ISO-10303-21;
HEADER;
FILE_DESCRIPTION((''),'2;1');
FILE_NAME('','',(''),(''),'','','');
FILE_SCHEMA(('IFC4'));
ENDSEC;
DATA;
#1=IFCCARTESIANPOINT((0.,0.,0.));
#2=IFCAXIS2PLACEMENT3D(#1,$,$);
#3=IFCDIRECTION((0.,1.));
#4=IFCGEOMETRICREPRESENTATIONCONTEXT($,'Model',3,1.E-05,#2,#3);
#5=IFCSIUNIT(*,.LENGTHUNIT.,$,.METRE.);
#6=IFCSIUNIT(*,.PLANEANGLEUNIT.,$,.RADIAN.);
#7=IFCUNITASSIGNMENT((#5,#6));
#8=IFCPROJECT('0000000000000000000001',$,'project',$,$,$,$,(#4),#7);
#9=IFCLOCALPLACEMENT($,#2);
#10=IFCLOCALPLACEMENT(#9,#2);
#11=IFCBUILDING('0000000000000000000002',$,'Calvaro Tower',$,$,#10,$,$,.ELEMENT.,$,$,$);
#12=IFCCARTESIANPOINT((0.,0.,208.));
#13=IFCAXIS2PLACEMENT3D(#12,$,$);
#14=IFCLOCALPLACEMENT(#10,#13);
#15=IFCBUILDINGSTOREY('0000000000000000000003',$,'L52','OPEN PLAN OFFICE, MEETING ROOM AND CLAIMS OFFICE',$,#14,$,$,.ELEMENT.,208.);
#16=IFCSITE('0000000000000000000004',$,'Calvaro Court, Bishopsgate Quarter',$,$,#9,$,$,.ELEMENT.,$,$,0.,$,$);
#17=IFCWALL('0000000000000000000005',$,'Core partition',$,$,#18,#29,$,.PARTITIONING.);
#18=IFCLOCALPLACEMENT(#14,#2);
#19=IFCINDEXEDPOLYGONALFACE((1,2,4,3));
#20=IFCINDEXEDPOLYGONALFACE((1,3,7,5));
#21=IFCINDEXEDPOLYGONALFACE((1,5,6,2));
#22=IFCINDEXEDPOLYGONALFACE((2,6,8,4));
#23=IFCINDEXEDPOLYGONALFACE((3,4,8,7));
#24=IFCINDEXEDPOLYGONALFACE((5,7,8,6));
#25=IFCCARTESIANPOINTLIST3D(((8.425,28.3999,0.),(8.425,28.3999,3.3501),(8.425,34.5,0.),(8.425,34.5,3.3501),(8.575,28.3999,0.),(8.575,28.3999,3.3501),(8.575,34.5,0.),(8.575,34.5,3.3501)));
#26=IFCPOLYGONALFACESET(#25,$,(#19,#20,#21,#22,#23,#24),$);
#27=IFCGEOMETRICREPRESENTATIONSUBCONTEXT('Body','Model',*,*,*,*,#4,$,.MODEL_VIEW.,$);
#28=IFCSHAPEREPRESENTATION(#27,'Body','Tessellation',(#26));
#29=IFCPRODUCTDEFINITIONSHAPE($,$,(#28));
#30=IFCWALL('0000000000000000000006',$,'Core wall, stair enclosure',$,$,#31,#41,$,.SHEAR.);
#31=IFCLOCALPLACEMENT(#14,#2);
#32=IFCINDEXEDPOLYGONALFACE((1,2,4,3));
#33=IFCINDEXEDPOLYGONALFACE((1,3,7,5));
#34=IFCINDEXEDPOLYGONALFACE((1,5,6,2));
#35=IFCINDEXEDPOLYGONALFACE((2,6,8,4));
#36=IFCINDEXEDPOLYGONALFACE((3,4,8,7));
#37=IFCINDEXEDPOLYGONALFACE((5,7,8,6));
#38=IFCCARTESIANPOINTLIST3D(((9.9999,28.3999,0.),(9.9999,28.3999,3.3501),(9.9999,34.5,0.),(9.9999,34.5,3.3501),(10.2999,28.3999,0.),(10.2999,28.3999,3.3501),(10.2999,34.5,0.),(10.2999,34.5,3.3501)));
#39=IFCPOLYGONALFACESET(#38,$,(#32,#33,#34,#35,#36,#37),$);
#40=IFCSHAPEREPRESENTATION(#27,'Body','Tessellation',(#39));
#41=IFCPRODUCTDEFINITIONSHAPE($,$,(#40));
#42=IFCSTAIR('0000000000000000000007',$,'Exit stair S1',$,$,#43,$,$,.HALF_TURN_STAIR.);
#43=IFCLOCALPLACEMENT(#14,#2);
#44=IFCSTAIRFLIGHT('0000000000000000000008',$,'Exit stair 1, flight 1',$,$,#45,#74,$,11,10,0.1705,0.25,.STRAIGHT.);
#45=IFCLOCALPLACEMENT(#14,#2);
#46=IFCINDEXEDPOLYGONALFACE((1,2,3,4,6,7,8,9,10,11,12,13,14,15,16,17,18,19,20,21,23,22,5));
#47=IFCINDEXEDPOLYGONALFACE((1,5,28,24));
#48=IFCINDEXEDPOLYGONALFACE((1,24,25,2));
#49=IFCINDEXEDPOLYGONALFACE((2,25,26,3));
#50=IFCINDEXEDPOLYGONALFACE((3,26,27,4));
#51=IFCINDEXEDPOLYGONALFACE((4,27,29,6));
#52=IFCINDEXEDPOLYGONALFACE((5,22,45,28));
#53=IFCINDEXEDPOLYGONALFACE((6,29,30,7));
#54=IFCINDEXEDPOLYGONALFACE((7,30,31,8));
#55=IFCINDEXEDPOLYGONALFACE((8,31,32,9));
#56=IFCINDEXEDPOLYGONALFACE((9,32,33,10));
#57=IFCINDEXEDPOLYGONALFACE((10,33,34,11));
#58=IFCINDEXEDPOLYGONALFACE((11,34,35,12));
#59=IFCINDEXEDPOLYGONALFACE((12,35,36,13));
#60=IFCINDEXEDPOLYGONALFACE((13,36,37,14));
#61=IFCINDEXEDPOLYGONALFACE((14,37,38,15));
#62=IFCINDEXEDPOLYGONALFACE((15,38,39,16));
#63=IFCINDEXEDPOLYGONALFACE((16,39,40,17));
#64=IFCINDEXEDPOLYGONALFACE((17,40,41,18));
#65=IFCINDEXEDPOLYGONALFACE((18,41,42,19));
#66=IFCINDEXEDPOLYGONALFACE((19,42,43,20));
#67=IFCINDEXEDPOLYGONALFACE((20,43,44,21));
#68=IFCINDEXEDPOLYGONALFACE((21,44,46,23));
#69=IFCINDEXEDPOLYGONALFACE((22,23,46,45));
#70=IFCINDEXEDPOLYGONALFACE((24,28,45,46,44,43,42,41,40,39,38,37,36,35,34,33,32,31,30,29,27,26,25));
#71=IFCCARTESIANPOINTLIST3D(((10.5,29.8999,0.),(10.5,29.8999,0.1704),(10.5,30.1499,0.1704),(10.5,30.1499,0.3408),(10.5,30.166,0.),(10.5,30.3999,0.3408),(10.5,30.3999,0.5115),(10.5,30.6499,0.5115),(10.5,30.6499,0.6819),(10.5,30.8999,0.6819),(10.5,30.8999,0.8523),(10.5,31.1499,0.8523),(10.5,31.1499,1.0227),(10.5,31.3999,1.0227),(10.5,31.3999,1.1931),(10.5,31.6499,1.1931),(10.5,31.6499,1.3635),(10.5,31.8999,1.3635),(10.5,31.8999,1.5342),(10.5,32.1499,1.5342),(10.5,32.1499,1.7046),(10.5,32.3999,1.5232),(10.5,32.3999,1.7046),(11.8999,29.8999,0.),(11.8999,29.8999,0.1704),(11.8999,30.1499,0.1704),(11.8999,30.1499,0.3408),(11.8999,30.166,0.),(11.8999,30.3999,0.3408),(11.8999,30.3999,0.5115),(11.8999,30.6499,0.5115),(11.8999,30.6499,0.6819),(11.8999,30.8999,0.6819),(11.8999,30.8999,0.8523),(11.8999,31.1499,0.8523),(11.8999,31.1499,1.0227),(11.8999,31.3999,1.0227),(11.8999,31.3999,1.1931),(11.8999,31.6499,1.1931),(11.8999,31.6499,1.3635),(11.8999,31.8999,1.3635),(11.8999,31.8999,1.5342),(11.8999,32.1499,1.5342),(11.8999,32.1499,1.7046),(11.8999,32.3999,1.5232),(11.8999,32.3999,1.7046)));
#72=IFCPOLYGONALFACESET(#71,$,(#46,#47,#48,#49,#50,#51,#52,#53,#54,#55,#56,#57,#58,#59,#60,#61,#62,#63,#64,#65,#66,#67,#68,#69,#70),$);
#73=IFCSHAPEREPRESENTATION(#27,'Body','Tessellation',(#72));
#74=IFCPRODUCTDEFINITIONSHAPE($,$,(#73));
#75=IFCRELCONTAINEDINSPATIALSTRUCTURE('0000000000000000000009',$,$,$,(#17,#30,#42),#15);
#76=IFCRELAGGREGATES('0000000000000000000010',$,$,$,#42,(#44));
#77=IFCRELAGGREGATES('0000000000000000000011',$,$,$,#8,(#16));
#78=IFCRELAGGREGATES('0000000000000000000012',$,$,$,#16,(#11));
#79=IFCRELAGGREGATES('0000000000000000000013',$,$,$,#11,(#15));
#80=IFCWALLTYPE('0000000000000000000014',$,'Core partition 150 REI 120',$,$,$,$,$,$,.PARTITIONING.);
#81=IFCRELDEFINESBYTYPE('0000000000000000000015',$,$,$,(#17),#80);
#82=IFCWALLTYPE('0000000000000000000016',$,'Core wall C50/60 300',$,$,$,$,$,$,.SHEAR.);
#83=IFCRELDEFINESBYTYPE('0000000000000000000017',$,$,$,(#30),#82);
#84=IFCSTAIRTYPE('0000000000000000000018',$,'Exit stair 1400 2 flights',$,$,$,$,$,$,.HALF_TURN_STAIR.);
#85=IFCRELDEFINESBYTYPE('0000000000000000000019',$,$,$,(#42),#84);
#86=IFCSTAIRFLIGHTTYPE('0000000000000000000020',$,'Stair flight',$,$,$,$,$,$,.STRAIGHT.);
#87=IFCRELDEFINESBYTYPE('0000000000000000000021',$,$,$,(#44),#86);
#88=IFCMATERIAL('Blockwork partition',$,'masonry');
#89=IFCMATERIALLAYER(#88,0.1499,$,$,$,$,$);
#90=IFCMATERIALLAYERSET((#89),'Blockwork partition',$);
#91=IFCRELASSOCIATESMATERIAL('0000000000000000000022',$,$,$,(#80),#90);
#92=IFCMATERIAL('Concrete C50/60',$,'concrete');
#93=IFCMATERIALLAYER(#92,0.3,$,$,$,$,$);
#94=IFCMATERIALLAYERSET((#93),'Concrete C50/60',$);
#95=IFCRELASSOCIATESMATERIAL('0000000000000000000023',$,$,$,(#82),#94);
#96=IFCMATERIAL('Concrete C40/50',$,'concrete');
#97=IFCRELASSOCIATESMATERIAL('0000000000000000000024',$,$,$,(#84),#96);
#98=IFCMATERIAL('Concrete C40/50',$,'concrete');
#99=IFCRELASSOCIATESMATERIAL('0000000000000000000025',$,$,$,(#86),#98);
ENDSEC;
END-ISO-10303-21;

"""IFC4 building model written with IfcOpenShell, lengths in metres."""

from ifc_helpers import new_model, si_unit, direction, frame, frame_2d, origin, place, context, subcontext, project, spatial, polyline, rectangle, outline, extrude, material, layer, layer_set, type_object, element, aggregate, save


model = new_model("IFC4")

# Units and contexts
model_context = context("Model", 3, precision=1e-05, world=origin(), true_north=direction((0.0, 1.0)))
body_context = subcontext(model_context, "Body", "Model", "MODEL_VIEW")
ifc_project = project(units=[si_unit("LENGTHUNIT", "METRE"), si_unit("PLANEANGLEUNIT", "RADIAN")], contexts=[model_context])

# Site, building, storey
site_placement = place(None, origin())
site = spatial("IfcSite", under=ifc_project, at=site_placement, Name="Calvaro Court, Bishopsgate Quarter", CompositionType="ELEMENT", RefElevation=0.0)
building_placement = place(site_placement, origin())
building = spatial("IfcBuilding", under=site, at=building_placement, Name="Calvaro Tower", CompositionType="ELEMENT")
storey_placement = place(building_placement, frame((0.0, 0.0, 208.0)))
storey = spatial("IfcBuildingStorey", under=building, at=storey_placement, Name="L52", Description="OPEN PLAN OFFICE, MEETING ROOM AND CLAIMS OFFICE", CompositionType="ELEMENT", Elevation=208.0)

# Walls
ifc_material_1 = material(Name="Blockwork partition", Category="masonry")
ifc_layer_1 = layer(ifc_material_1, 0.1499)
ifc_layer_set_1 = layer_set([ifc_layer_1], Name="Blockwork partition")
wall_type_1 = type_object("IfcWallType", Name="Core partition 150 REI 120", PredefinedType="PARTITIONING", material=ifc_layer_set_1)
wall_1_placement = place(storey_placement, frame((8.5, 28.3999, 0.0), z_axis=(0.0, 0.0, 1.0), x_axis=(0.0, 1.0, 0.0)))
element("IfcWall", 1, at=wall_1_placement, inside=storey, type_object=wall_type_1, Name="Core partition", PredefinedType="PARTITIONING", context=body_context, shape_type="SweptSolid", body=[
    extrude(rectangle(XDim=6.1001, YDim=0.1499, at=frame_2d((3.05, 0.0))), origin(), (0.0, 0.0, 1.0), 3.3501),
])
ifc_material_2 = material(Name="Concrete C50/60", Category="concrete")
ifc_layer_2 = layer(ifc_material_2, 0.3)
ifc_layer_set_2 = layer_set([ifc_layer_2], Name="Concrete C50/60")
wall_type_2 = type_object("IfcWallType", Name="Core wall C50/60 300", PredefinedType="SHEAR", material=ifc_layer_set_2)
wall_2_placement = place(storey_placement, frame((10.1499, 28.3999, 0.0), z_axis=(0.0, 0.0, 1.0), x_axis=(0.0, 1.0, 0.0)))
element("IfcWall", 2, at=wall_2_placement, inside=storey, type_object=wall_type_2, Name="Core wall, stair enclosure", PredefinedType="SHEAR", context=body_context, shape_type="SweptSolid", body=[
    extrude(rectangle(XDim=6.1001, YDim=0.3, at=frame_2d((3.05, 0.0))), origin(), (0.0, 0.0, 1.0), 3.3501),
])

# Stair, stair flight
ifc_material_3 = material(Name="Concrete C40/50", Category="concrete")
stair_type = type_object("IfcStairType", Name="Exit stair 1400 2 flights", PredefinedType="HALF_TURN_STAIR", material=ifc_material_3)
stair_placement = place(storey_placement, origin())
stair = element("IfcStair", 3, at=stair_placement, inside=storey, type_object=stair_type, Name="Exit stair S1", PredefinedType="HALF_TURN_STAIR")
ifc_material_4 = material(Name="Concrete C40/50", Category="concrete")
stair_flight_type = type_object("IfcStairFlightType", Name="Stair flight", PredefinedType="STRAIGHT", material=ifc_material_4)
stair_flight_placement = place(storey_placement, frame((11.2, 29.8999, 0.0), z_axis=(0.0, 0.0, 1.0), x_axis=(0.0, 1.0, 0.0)))
stair_flight = element("IfcStairFlight", 4, at=stair_flight_placement, type_object=stair_flight_type, Name="Exit stair 1, flight 1", NumberOfRisers=11, NumberOfTreads=10, PredefinedType="STRAIGHT", RiserHeight=0.1705, TreadLength=0.25, context=body_context, shape_type="SweptSolid", body=[
    extrude(outline(polyline([(0.0, 0.0), (0.0, 0.1704), (0.25, 0.1704), (0.25, 0.3408), (0.5, 0.3408), (0.5, 0.5115), (0.75, 0.5115), (0.75, 0.6819), (1.0, 0.6819), (1.0, 0.8523), (1.25, 0.8523), (1.25, 1.0227), (1.5, 1.0227), (1.5, 1.1931), (1.75, 1.1931), (1.75, 1.3635), (2.0, 1.3635), (2.0, 1.5342), (2.25, 1.5342), (2.25, 1.7046), (2.5, 1.7046), (2.5, 1.875), (2.5, 1.5232), (0.2661, 0.0), (0.0, 0.0)])), frame((0.0, 0.7, 0.0), z_axis=(0.0, -1.0, 0.0), x_axis=(1.0, 0.0, 0.0)), (0.0, 0.0, 1.0), 1.3999),
])
aggregate(stair, [stair_flight])

save(model, "model.ifc")
